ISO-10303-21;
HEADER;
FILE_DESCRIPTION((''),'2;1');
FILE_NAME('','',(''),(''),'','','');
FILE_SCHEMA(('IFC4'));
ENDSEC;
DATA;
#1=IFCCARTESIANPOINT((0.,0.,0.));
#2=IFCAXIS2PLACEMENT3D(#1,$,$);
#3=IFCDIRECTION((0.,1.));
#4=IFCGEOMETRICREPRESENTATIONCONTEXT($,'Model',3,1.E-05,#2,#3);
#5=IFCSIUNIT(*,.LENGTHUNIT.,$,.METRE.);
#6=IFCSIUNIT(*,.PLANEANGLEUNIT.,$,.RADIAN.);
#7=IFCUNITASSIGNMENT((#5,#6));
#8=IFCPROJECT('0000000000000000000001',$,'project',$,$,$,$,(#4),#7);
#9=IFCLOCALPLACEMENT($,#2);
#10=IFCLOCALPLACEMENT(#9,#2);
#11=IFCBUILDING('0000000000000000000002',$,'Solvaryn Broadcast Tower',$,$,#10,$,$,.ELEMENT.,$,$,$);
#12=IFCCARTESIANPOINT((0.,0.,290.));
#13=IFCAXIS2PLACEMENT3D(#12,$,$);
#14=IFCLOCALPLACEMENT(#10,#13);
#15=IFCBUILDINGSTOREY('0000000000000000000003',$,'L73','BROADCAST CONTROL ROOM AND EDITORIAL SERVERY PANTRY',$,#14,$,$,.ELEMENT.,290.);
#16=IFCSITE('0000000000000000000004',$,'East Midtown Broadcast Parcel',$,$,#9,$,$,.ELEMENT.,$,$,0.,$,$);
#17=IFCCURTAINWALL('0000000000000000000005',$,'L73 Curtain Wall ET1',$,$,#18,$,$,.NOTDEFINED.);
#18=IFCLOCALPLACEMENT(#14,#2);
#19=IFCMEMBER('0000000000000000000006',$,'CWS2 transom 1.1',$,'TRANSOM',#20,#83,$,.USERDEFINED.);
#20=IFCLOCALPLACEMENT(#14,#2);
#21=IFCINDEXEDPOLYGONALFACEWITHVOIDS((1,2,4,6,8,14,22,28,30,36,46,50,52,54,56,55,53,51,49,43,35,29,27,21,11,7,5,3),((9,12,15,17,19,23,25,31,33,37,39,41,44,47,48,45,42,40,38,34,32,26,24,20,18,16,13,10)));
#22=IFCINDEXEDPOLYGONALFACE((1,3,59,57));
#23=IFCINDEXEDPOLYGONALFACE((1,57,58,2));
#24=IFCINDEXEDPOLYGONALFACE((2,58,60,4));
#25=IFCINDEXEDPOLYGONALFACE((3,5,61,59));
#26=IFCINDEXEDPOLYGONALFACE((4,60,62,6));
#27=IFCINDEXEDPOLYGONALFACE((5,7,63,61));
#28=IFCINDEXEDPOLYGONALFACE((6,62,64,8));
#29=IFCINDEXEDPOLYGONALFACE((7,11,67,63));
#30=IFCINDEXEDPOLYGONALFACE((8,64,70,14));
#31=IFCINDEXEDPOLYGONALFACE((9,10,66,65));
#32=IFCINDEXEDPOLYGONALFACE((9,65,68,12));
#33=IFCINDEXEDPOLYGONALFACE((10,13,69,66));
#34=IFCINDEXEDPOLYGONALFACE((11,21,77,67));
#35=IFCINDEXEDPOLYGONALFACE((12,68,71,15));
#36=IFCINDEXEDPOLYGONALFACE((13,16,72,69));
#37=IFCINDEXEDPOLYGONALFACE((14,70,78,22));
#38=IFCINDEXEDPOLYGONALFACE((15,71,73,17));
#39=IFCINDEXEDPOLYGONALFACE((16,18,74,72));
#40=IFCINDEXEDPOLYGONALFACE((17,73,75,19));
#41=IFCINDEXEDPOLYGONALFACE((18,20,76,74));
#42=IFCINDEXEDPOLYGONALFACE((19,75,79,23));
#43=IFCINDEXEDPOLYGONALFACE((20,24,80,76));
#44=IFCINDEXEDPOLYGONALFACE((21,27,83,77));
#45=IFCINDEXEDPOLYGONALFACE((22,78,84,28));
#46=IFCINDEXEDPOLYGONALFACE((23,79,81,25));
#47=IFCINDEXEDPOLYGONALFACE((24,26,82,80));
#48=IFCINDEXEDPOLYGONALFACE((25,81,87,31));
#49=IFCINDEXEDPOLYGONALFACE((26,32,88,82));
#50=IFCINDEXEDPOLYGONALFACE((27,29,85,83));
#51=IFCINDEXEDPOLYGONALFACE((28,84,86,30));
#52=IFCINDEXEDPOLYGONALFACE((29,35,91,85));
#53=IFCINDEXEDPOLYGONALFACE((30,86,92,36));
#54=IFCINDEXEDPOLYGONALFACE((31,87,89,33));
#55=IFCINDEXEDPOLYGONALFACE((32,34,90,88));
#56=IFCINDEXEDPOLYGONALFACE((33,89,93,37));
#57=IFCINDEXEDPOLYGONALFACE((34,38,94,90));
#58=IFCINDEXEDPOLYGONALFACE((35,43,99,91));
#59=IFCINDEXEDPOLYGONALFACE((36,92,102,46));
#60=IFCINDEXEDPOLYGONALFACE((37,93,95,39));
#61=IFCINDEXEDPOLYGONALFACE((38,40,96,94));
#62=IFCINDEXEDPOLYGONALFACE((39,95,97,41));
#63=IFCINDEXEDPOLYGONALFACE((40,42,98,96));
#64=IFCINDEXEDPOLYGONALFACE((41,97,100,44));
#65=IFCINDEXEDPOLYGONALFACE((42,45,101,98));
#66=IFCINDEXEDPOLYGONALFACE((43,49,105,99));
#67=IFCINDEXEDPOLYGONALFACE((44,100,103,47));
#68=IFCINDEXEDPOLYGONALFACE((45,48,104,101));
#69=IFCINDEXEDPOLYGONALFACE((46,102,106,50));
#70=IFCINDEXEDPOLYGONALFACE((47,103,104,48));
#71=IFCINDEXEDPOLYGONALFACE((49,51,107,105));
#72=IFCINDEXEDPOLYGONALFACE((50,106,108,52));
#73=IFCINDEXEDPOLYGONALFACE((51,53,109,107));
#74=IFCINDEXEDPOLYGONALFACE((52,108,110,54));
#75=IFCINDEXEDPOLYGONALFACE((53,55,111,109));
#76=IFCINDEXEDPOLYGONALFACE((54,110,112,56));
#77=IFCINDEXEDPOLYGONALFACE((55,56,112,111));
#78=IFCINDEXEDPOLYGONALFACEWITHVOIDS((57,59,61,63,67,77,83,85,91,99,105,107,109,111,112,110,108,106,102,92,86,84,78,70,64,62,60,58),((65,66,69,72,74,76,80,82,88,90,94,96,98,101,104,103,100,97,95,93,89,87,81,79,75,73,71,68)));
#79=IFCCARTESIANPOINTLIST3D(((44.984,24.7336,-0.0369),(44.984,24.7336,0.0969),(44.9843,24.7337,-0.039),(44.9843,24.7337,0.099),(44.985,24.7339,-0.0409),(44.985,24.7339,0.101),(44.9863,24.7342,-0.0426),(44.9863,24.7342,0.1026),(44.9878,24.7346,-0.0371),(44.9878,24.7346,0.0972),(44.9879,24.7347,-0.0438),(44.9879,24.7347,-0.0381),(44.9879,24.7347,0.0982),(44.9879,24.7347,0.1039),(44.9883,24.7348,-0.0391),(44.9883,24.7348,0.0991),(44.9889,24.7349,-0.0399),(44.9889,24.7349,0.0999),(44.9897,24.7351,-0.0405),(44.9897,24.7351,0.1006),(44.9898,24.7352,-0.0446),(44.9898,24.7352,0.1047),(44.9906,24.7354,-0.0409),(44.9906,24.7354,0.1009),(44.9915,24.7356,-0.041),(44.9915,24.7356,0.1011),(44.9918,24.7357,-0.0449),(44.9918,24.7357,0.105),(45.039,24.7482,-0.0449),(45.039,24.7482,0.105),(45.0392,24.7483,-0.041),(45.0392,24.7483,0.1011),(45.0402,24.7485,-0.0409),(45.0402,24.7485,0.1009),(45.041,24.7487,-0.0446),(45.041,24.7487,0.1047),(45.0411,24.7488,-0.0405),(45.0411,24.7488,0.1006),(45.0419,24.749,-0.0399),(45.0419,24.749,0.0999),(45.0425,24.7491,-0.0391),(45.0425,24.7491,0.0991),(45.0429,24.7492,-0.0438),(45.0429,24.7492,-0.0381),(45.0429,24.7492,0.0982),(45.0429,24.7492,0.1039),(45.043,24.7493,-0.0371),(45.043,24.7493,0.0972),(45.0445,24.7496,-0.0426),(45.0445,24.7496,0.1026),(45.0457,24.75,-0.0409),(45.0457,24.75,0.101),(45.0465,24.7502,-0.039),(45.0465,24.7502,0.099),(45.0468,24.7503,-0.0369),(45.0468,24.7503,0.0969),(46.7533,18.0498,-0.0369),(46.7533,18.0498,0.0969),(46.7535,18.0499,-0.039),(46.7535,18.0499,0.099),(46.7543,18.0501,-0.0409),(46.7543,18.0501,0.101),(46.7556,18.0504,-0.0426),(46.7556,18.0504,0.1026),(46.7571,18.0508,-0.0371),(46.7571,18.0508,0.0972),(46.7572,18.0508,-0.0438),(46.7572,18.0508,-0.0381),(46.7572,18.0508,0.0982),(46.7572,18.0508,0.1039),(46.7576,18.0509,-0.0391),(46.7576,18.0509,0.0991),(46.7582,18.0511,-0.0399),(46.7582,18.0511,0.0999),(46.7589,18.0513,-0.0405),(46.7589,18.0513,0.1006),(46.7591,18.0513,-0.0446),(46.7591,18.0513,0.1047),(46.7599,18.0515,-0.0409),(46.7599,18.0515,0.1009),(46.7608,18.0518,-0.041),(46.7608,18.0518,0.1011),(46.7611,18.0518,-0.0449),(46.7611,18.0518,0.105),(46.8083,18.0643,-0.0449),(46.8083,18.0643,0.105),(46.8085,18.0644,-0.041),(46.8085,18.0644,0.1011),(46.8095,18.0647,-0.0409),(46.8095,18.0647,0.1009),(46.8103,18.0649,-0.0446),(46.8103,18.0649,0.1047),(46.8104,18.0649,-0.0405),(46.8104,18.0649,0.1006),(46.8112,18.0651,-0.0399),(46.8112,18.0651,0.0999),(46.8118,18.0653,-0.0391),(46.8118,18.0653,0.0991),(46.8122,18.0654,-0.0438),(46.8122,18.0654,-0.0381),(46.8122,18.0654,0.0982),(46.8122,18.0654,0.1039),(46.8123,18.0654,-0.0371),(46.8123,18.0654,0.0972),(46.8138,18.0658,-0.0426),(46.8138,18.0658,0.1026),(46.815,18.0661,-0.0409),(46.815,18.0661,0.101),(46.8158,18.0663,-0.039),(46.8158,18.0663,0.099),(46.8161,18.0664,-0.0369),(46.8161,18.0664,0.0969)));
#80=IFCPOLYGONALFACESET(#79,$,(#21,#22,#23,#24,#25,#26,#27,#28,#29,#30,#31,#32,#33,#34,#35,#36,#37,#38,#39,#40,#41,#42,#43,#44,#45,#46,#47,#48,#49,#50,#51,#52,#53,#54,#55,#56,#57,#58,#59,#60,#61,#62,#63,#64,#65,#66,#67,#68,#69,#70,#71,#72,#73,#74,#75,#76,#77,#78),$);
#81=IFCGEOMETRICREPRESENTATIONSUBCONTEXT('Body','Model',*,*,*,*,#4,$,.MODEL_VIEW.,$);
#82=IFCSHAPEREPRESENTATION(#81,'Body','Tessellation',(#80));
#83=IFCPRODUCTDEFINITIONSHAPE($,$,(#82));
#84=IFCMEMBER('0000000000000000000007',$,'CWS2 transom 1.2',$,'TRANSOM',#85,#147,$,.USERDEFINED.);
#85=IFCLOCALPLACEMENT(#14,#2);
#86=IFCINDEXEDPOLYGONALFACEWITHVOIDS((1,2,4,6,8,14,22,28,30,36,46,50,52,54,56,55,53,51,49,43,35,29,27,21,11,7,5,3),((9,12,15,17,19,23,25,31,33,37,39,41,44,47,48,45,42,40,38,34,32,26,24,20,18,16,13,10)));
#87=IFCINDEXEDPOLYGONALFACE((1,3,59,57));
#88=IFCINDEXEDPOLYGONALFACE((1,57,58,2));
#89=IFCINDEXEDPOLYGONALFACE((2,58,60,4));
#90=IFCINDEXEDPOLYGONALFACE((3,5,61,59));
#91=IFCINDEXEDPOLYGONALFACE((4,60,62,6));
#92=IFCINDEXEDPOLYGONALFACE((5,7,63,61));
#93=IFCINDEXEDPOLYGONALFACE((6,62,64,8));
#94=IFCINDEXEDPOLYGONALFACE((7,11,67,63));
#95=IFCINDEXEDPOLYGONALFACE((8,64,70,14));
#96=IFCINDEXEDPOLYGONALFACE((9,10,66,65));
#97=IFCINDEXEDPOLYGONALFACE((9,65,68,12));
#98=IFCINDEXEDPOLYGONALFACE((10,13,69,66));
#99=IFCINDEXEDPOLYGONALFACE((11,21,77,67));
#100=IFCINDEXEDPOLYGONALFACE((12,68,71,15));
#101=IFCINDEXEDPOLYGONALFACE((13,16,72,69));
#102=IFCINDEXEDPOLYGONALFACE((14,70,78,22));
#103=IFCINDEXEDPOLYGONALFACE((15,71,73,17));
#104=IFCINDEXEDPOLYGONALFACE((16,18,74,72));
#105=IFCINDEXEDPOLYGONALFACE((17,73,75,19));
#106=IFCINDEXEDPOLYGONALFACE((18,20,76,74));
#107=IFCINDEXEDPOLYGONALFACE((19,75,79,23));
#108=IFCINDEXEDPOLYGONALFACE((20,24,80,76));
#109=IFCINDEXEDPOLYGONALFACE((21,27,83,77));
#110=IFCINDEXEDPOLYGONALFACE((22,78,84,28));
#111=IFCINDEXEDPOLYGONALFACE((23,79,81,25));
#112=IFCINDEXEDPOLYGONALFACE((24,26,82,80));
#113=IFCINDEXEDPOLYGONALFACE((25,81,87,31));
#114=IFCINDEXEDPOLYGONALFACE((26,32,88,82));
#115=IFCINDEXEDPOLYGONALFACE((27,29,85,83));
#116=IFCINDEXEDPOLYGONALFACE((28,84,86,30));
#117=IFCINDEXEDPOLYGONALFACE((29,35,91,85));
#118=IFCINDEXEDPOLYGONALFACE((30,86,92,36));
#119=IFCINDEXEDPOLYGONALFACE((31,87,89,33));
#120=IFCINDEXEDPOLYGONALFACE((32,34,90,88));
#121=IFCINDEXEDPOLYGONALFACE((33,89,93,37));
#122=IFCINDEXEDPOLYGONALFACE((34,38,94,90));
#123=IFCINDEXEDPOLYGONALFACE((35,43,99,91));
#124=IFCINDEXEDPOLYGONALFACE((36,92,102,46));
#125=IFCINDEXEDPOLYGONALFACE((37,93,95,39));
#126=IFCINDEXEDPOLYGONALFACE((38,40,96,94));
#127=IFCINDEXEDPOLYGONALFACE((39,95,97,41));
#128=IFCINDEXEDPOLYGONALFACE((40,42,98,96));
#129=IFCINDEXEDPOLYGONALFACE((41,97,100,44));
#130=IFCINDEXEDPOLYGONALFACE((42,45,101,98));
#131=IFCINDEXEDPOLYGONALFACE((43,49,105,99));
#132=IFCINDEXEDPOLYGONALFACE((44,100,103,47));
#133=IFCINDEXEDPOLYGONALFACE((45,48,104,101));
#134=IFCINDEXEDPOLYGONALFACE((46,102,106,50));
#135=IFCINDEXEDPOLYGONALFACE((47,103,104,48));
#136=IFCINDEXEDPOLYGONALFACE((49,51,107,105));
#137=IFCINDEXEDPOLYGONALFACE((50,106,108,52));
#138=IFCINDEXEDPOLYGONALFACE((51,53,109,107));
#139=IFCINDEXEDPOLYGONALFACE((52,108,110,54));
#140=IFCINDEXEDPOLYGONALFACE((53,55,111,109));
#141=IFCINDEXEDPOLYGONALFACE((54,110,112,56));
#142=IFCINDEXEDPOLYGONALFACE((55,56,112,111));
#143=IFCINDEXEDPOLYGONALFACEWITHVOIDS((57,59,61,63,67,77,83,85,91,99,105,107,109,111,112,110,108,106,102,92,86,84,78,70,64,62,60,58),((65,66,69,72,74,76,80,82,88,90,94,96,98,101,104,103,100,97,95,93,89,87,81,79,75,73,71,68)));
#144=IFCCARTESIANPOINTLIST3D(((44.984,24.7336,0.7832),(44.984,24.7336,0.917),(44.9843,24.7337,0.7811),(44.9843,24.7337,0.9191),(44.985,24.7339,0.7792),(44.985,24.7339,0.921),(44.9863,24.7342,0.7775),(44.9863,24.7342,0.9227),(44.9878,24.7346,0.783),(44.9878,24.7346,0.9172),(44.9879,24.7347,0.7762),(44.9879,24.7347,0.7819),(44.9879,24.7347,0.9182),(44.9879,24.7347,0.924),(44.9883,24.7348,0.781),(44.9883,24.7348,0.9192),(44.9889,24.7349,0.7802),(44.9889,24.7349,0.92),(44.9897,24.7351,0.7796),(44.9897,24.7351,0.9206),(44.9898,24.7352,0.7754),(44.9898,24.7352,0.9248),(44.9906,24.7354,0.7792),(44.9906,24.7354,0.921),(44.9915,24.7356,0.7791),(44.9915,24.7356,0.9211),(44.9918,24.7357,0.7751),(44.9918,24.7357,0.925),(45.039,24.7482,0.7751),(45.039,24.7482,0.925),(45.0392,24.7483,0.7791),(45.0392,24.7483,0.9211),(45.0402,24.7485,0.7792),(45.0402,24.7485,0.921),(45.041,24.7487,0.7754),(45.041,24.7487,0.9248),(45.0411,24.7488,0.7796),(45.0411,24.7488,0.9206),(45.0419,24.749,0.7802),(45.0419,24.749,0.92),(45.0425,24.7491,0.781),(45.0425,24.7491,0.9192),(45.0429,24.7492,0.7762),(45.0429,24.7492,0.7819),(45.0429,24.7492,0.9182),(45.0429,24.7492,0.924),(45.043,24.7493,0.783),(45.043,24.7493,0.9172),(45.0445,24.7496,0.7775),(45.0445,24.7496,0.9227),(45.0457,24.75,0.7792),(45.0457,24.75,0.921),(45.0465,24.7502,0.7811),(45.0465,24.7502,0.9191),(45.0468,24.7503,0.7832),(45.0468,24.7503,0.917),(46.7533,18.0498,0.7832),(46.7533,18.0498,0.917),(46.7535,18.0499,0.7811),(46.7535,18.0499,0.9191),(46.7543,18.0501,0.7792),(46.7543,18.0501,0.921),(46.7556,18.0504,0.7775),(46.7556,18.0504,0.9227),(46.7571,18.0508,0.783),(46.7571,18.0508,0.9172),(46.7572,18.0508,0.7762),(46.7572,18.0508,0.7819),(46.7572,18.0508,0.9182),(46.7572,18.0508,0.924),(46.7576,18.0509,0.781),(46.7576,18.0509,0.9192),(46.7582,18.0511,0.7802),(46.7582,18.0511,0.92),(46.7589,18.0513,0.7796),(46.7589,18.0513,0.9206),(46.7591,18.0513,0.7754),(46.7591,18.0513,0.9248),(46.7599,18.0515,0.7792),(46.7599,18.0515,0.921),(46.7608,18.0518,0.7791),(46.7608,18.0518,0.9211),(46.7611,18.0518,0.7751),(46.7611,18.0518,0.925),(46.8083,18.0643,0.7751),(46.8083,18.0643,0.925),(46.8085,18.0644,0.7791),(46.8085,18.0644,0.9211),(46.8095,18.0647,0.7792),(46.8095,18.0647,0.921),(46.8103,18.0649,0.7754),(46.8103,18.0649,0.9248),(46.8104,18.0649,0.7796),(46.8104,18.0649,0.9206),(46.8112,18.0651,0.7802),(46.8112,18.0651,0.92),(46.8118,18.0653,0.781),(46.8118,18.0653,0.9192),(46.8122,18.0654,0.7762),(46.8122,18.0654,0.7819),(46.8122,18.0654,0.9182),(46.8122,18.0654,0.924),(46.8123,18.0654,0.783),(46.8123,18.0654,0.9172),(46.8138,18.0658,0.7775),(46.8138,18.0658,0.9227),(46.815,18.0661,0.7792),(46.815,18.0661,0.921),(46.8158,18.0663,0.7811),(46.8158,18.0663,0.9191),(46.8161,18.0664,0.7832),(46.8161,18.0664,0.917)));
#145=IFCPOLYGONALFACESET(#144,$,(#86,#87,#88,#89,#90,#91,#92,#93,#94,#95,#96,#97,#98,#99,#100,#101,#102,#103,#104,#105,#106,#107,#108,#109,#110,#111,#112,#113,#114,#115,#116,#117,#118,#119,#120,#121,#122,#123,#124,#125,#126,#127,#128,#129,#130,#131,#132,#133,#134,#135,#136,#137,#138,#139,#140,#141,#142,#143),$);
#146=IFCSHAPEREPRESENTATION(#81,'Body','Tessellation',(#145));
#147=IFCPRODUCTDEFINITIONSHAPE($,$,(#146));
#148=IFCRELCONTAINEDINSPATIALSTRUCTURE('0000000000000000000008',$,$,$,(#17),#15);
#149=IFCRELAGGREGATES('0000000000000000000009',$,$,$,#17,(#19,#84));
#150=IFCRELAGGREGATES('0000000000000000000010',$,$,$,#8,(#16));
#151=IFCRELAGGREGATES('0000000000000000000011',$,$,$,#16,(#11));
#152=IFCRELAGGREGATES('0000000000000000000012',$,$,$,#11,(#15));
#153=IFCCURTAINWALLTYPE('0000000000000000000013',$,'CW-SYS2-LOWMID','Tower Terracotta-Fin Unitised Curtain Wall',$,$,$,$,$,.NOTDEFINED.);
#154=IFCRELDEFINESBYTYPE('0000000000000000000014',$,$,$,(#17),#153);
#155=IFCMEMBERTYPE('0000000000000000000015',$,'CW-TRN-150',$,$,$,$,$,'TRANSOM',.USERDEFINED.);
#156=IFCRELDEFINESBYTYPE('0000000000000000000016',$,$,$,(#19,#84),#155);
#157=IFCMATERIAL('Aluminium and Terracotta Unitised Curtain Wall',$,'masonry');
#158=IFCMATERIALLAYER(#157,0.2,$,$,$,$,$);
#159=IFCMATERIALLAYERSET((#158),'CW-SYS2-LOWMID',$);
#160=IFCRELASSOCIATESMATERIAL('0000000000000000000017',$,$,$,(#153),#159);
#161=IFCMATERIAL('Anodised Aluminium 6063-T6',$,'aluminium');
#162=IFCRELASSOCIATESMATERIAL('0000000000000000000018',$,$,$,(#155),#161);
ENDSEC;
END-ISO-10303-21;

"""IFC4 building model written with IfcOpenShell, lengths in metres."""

from ifc_helpers import new_model, si_unit, direction, frame, origin, origin_2d, place, context, subcontext, project, spatial, hollow_rectangle, extrude, material, layer, layer_set, material_profile, profile_set, type_object, element, aggregate, save


model = new_model("IFC4")

# Units and contexts
model_context = context("Model", 3, precision=1e-05, world=origin(), true_north=direction((0.0, 1.0)))
body_context = subcontext(model_context, "Body", "Model", "MODEL_VIEW")
ifc_project = project(units=[si_unit("LENGTHUNIT", "METRE"), si_unit("PLANEANGLEUNIT", "RADIAN")], contexts=[model_context])

# Site, building, storey
site_placement = place(None, origin())
site = spatial("IfcSite", under=ifc_project, at=site_placement, Name="East Midtown Broadcast Parcel", CompositionType="ELEMENT", RefElevation=0.0)
building_placement = place(site_placement, origin())
building = spatial("IfcBuilding", under=site, at=building_placement, Name="Solvaryn Broadcast Tower", CompositionType="ELEMENT")
storey_placement = place(building_placement, frame((0.0, 0.0, 290.0)))
storey = spatial("IfcBuildingStorey", under=building, at=storey_placement, Name="L73", Description="BROADCAST CONTROL ROOM AND EDITORIAL SERVERY PANTRY", CompositionType="ELEMENT", Elevation=290.0)

# Curtain wall
ifc_material_1 = material(Name="Aluminium and Terracotta Unitised Curtain Wall", Category="masonry")
ifc_layer_1 = layer(ifc_material_1, 0.2)
ifc_layer_set_1 = layer_set([ifc_layer_1], Name="CW-SYS2-LOWMID")
curtain_wall_type = type_object("IfcCurtainWallType", Name="CW-SYS2-LOWMID", Description="Tower Terracotta-Fin Unitised Curtain Wall", PredefinedType="NOTDEFINED", material=ifc_layer_set_1)
curtain_wall_1_placement = place(storey_placement, origin())
curtain_wall_1 = element("IfcCurtainWall", 1, at=curtain_wall_1_placement, inside=storey, type_object=curtain_wall_type, Name="L73 Curtain Wall ET1", PredefinedType="NOTDEFINED")

# Members
ifc_material_2 = material(Name="Anodised Aluminium 6063-T6", Category="aluminium")
ifc_material_profile_1 = material_profile(ifc_material_2, hollow_rectangle(XDim=0.0649, YDim=0.1499, WallThickness=0.0039, InnerFilletRadius=0.0039, OuterFilletRadius=0.0081, at=origin_2d()))
ifc_profile_set_1 = profile_set([ifc_material_profile_1], Name="Anodised Aluminium 6063-T6")
member_type_1 = type_object("IfcMemberType", Name="CW-TRN-150", ElementType="TRANSOM", PredefinedType="USERDEFINED", material=ifc_profile_set_1)
member_1_placement = place(storey_placement, frame((45.0154, 24.7419, 0.03), z_axis=(0.255897, -0.966704, 0.0), x_axis=(0.966704, 0.255897, 0.0)))
member_1 = element("IfcMember", 2, at=member_1_placement, type_object=member_type_1, Name="CWS2 transom 1.1", ObjectType="TRANSOM", PredefinedType="USERDEFINED", context=body_context, shape_type="SweptSolid", body=[
    extrude(hollow_rectangle(XDim=0.0649, YDim=0.1499, WallThickness=0.0039, InnerFilletRadius=0.0039, OuterFilletRadius=0.0081, at=origin_2d()), origin(), (0.0, 0.0, 1.0), 6.9141),
])
member_2_placement = place(storey_placement, frame((45.0154, 24.7419, 0.8501), z_axis=(0.255897, -0.966704, 0.0), x_axis=(0.966704, 0.255897, 0.0)))
member_2 = element("IfcMember", 3, at=member_2_placement, type_object=member_type_1, Name="CWS2 transom 1.2", ObjectType="TRANSOM", PredefinedType="USERDEFINED", context=body_context, shape_type="SweptSolid", body=[
    extrude(hollow_rectangle(XDim=0.0649, YDim=0.1499, WallThickness=0.0039, InnerFilletRadius=0.0039, OuterFilletRadius=0.0081, at=origin_2d()), origin(), (0.0, 0.0, 1.0), 6.9141),
])

aggregate(curtain_wall_1, [member_1, member_2])

save(model, "model.ifc")
